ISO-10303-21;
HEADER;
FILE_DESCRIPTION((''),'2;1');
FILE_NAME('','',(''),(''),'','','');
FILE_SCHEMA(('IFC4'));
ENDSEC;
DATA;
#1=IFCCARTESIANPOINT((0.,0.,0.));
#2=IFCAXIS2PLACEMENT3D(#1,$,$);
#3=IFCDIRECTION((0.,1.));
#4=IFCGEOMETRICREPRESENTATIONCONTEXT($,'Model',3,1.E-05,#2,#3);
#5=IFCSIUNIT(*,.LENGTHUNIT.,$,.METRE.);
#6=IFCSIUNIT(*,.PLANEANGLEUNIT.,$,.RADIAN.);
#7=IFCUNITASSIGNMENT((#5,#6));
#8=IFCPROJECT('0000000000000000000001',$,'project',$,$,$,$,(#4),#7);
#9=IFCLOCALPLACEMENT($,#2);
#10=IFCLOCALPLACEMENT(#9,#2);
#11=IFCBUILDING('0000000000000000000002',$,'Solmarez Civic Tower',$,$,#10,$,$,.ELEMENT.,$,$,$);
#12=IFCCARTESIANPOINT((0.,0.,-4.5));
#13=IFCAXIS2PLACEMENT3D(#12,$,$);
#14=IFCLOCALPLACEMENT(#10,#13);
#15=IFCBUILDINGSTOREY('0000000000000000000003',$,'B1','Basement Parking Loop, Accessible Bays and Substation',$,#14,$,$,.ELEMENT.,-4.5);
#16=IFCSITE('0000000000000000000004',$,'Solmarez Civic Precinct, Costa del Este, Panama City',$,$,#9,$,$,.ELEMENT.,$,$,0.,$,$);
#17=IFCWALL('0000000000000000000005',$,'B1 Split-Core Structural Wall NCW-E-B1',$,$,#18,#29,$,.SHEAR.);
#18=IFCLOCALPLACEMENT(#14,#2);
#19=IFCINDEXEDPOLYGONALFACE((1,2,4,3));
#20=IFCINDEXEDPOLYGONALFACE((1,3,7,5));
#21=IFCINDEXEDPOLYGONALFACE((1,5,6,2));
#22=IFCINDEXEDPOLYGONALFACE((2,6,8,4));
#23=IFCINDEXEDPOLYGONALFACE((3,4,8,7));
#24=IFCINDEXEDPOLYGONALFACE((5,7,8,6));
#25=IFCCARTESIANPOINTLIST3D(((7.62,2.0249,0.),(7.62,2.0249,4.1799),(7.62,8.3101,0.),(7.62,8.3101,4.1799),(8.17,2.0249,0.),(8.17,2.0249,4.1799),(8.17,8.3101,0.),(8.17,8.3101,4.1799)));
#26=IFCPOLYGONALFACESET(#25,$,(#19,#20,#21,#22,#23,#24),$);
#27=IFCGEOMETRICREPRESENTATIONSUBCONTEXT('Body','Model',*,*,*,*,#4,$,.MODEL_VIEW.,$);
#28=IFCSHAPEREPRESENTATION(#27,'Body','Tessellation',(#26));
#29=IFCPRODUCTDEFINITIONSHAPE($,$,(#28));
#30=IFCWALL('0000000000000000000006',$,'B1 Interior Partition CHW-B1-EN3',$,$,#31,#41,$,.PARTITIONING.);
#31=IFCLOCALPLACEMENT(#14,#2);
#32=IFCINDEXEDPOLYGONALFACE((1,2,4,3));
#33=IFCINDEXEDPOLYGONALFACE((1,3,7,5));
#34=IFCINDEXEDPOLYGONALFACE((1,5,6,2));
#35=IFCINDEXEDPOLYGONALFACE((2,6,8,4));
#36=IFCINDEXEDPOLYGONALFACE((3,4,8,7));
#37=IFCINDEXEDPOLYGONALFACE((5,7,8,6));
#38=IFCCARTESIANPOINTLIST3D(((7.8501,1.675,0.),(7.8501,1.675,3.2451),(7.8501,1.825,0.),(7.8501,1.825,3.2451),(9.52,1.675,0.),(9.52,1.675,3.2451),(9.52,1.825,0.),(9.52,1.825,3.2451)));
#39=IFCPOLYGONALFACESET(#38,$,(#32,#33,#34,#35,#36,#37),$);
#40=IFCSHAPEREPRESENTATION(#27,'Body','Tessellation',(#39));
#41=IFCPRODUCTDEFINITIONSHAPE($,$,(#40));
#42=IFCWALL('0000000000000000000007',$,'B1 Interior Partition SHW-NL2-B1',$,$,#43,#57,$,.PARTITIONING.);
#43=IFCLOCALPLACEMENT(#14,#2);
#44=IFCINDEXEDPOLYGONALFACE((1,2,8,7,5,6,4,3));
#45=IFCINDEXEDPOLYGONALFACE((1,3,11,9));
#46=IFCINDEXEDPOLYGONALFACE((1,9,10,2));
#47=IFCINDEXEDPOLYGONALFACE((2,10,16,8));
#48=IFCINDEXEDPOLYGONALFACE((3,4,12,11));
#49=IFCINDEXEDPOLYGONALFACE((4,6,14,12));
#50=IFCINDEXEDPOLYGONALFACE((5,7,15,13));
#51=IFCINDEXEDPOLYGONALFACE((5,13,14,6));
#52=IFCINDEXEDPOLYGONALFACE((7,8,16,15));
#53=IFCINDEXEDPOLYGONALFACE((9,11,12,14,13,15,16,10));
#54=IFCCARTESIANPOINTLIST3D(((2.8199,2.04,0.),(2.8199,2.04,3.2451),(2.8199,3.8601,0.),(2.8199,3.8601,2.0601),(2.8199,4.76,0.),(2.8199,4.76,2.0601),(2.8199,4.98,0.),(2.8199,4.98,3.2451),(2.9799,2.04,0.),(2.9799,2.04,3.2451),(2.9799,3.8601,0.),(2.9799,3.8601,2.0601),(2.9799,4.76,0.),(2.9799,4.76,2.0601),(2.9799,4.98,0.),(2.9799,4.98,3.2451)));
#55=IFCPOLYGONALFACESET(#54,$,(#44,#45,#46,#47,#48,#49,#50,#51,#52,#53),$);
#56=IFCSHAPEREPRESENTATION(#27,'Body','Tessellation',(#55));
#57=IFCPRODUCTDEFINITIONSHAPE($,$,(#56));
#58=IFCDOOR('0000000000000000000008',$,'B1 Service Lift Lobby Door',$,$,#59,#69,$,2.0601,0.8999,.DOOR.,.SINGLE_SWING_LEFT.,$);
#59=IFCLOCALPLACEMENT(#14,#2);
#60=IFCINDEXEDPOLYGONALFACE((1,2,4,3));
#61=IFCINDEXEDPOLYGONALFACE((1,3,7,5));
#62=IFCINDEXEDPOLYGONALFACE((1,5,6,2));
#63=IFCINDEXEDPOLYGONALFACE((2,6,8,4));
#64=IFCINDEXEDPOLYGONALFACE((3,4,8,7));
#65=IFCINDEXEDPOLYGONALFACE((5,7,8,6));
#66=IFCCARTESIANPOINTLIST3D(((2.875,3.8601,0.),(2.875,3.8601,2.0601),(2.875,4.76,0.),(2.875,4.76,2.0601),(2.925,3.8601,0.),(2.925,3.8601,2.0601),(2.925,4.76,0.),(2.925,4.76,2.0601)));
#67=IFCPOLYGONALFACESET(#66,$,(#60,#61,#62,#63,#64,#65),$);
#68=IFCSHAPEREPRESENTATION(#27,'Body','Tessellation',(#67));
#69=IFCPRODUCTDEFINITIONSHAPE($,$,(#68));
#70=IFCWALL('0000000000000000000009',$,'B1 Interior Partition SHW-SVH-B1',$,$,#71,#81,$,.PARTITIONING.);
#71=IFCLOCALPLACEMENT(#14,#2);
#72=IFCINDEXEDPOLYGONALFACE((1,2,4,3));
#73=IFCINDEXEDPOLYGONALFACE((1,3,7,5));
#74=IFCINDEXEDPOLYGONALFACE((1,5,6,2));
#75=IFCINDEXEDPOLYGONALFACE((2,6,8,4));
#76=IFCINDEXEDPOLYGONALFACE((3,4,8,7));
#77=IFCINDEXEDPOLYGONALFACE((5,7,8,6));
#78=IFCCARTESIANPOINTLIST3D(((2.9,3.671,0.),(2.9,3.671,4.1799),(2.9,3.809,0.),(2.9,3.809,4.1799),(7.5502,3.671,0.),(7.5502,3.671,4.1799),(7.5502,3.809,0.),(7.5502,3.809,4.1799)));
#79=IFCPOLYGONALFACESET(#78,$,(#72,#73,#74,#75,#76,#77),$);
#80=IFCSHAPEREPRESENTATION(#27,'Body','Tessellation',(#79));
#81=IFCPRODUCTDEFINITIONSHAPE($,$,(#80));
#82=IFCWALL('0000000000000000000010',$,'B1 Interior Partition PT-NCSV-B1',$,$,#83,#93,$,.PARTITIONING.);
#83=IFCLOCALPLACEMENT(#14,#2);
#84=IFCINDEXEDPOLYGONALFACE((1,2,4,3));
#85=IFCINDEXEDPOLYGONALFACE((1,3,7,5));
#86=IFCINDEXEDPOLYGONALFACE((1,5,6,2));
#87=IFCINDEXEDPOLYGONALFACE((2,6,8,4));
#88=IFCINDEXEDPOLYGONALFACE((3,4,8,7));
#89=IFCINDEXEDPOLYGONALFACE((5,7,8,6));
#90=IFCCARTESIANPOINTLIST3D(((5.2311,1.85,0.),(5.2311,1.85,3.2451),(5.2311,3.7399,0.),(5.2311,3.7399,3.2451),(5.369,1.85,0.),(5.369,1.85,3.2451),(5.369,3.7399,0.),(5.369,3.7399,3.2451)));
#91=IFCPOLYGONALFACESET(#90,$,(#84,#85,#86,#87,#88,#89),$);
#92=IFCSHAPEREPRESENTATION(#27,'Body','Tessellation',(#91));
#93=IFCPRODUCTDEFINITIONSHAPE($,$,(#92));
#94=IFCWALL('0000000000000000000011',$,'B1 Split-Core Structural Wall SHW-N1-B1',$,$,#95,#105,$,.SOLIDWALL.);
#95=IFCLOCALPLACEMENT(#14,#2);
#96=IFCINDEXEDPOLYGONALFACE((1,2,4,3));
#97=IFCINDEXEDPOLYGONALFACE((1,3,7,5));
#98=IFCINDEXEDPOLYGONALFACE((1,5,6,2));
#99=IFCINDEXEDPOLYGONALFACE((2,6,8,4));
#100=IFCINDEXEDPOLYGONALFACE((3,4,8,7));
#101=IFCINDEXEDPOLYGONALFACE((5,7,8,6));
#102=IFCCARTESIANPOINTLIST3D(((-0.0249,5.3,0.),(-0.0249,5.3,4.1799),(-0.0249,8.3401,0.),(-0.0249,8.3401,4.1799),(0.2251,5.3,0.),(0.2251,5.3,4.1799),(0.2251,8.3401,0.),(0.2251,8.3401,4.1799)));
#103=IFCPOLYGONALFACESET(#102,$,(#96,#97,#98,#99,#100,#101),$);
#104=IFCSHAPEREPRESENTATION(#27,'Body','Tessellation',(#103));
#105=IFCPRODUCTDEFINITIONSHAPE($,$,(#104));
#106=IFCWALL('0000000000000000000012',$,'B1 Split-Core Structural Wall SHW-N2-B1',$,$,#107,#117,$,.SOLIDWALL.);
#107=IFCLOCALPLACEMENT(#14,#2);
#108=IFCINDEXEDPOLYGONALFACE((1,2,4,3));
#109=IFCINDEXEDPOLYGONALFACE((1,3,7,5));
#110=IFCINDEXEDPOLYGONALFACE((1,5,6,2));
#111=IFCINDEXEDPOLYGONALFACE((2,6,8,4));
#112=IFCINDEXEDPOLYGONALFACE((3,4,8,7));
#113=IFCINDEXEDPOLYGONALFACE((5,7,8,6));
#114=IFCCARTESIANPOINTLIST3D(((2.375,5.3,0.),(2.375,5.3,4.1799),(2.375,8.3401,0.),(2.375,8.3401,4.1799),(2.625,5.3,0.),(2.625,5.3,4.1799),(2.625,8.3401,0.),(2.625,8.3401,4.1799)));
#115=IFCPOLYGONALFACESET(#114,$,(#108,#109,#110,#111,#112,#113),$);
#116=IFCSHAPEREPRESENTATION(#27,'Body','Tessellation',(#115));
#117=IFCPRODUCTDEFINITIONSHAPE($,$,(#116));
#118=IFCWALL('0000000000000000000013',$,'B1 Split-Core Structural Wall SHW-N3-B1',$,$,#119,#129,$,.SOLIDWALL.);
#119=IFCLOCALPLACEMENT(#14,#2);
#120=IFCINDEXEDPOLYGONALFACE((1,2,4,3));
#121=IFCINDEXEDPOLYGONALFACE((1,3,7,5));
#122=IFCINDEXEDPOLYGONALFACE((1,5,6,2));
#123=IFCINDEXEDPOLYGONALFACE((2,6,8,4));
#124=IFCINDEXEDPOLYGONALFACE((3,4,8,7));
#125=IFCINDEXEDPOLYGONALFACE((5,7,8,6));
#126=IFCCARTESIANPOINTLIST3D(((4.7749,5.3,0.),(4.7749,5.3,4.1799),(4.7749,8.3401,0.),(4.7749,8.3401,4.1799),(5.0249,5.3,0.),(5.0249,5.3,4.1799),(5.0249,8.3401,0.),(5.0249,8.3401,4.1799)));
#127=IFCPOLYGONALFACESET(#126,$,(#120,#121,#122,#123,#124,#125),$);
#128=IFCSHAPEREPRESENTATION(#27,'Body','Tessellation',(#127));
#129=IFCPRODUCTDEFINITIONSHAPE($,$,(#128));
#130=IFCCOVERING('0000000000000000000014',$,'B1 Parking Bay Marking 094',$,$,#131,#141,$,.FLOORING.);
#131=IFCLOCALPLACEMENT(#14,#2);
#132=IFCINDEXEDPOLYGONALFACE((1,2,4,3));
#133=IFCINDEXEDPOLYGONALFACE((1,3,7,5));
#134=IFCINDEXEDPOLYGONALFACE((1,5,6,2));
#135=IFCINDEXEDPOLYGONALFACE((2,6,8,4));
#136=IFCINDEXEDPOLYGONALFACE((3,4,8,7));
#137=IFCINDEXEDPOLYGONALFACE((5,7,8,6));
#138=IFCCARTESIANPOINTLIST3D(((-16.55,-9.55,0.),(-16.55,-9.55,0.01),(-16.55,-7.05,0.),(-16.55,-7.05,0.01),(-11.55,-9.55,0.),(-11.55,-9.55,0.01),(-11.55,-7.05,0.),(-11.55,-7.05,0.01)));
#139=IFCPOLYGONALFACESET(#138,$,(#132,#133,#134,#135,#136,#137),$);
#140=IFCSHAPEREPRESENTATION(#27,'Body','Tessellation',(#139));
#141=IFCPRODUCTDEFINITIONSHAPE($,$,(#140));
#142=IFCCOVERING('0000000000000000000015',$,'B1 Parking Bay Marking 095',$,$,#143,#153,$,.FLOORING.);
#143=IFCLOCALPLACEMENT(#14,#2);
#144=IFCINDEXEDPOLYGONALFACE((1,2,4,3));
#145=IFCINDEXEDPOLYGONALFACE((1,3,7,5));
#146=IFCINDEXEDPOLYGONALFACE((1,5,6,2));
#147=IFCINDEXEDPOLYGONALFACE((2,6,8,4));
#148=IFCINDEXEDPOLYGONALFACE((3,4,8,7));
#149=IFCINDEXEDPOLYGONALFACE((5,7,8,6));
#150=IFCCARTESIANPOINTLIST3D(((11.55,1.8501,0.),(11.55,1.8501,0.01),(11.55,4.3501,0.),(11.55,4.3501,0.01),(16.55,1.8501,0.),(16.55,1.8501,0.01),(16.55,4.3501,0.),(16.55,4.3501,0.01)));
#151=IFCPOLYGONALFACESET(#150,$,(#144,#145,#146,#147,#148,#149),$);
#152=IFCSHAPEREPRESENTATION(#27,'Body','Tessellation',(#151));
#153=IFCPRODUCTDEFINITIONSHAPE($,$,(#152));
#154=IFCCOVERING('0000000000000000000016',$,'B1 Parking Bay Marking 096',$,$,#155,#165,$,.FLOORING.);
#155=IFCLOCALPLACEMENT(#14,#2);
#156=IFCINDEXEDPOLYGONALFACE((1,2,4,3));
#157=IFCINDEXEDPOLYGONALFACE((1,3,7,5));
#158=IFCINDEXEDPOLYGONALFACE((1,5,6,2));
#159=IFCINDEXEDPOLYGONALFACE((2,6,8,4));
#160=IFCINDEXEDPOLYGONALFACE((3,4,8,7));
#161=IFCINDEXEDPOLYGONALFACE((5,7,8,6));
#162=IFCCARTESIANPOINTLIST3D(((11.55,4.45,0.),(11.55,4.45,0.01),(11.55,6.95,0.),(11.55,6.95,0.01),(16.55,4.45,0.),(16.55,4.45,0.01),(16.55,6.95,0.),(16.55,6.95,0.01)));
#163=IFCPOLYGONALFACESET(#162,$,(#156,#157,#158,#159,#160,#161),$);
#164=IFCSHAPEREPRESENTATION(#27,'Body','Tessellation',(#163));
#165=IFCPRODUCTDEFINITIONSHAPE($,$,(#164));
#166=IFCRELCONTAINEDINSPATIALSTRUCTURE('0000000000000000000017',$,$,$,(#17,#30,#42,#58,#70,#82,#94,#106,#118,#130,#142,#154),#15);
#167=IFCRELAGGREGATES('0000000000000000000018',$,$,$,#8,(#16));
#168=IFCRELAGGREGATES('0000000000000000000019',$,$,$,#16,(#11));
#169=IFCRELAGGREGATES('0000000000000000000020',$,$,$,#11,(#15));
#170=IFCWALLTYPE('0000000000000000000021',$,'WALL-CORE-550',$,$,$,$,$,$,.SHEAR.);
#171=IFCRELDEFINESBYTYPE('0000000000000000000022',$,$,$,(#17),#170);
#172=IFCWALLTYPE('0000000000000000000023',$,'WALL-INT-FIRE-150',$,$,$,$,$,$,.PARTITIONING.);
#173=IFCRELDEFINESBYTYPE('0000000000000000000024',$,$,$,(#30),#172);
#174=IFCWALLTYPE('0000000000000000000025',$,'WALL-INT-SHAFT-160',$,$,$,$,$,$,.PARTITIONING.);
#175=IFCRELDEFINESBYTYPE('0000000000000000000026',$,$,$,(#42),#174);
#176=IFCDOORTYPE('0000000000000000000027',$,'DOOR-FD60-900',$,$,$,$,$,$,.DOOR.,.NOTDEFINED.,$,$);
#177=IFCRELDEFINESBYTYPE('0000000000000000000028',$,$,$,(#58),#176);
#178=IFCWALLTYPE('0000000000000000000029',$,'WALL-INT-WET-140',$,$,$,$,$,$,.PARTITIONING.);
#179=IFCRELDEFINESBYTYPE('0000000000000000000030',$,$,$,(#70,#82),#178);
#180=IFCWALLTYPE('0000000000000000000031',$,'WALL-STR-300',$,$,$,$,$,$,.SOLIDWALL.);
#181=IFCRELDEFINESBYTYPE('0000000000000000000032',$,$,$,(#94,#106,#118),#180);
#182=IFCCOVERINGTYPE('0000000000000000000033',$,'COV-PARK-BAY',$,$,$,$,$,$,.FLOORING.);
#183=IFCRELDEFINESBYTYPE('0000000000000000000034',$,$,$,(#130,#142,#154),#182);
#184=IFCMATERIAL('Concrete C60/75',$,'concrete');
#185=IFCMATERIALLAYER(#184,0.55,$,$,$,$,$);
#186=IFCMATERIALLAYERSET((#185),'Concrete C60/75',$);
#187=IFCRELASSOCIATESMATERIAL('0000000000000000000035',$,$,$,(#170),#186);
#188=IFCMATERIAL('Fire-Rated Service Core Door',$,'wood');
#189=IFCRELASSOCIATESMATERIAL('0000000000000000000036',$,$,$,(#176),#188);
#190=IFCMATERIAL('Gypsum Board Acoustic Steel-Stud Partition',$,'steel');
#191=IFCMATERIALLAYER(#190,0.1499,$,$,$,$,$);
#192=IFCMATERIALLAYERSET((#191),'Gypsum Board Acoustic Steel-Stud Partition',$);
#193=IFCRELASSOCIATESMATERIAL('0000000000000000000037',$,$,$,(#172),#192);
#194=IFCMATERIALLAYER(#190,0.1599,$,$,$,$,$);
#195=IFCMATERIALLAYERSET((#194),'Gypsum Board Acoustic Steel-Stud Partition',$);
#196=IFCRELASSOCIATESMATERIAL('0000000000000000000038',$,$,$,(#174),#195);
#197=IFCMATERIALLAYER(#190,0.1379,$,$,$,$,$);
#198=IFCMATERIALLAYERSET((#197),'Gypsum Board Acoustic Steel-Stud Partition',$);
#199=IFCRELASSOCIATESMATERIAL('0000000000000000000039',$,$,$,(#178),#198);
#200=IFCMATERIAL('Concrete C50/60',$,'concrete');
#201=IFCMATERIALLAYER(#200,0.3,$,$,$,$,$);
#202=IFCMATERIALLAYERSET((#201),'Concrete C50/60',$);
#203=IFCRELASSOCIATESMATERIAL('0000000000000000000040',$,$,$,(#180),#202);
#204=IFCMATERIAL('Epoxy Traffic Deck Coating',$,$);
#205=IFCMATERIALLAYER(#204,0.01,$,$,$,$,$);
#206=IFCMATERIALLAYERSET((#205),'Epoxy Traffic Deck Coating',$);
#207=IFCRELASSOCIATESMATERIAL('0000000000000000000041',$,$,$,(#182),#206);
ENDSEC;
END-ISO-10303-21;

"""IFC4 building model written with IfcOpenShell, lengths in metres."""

from ifc_helpers import new_model, si_unit, direction, frame, frame_2d, origin, place, context, subcontext, project, spatial, polyline, rectangle, outline, extrude, material, layer, layer_set, type_object, element, fill, save


model = new_model("IFC4")

# Units and contexts
model_context = context("Model", 3, precision=1e-05, world=origin(), true_north=direction((0.0, 1.0)))
body_context = subcontext(model_context, "Body", "Model", "MODEL_VIEW")
ifc_project = project(units=[si_unit("LENGTHUNIT", "METRE"), si_unit("PLANEANGLEUNIT", "RADIAN")], contexts=[model_context])

# Site, building, storey
site_placement = place(None, origin())
site = spatial("IfcSite", under=ifc_project, at=site_placement, Name="Solmarez Civic Precinct, Costa del Este, Panama City", CompositionType="ELEMENT", RefElevation=0.0)
building_placement = place(site_placement, origin())
building = spatial("IfcBuilding", under=site, at=building_placement, Name="Solmarez Civic Tower", CompositionType="ELEMENT")
storey_placement = place(building_placement, frame((0.0, 0.0, -4.5)))
storey = spatial("IfcBuildingStorey", under=building, at=storey_placement, Name="B1", Description="Basement Parking Loop, Accessible Bays and Substation", CompositionType="ELEMENT", Elevation=-4.5)

# Shared definitions
ifc_material_1 = material(Name="Concrete C60/75", Category="concrete")

# Shared definitions
ifc_material_2 = material(Name="Concrete C50/60", Category="concrete")

# Shared definitions
ifc_layer_1 = layer(ifc_material_1, 0.55)
ifc_layer_set_1 = layer_set([ifc_layer_1], Name="Concrete C60/75")
wall_type_1 = type_object("IfcWallType", Name="WALL-CORE-550", PredefinedType="SHEAR", material=ifc_layer_set_1)
ifc_material_3 = material(Name="Fire-Rated Service Core Door", Category="wood")
door_type_1 = type_object("IfcDoorType", Name="DOOR-FD60-900", OperationType="NOTDEFINED", PredefinedType="DOOR", material=ifc_material_3)

# Walls
wall_1_placement = place(storey_placement, frame((7.895, 8.3101, 0.0), z_axis=(0.0, 0.0, 1.0), x_axis=(0.0, -1.0, 0.0)))
element("IfcWall", 1, at=wall_1_placement, inside=storey, type_object=wall_type_1, Name="B1 Split-Core Structural Wall NCW-E-B1", PredefinedType="SHEAR", context=body_context, shape_type="SweptSolid", body=[
    extrude(rectangle(XDim=6.2852, YDim=0.55, at=frame_2d((3.1426, 0.0))), origin(), (0.0, 0.0, 1.0), 4.1799),
])
ifc_material_4 = material(Name="Gypsum Board Acoustic Steel-Stud Partition", Category="steel")
ifc_layer_2 = layer(ifc_material_4, 0.1499)
ifc_layer_set_2 = layer_set([ifc_layer_2], Name="Gypsum Board Acoustic Steel-Stud Partition")
wall_type_2 = type_object("IfcWallType", Name="WALL-INT-FIRE-150", PredefinedType="PARTITIONING", material=ifc_layer_set_2)
wall_2_placement = place(storey_placement, frame((7.8501, 1.75, 0.0), z_axis=(0.0, 0.0, 1.0), x_axis=(1.0, 0.0, 0.0)))
element("IfcWall", 2, at=wall_2_placement, inside=storey, type_object=wall_type_2, Name="B1 Interior Partition CHW-B1-EN3", PredefinedType="PARTITIONING", context=body_context, shape_type="SweptSolid", body=[
    extrude(rectangle(XDim=1.6699, YDim=0.1499, at=frame_2d((0.835, 0.0))), origin(), (0.0, 0.0, 1.0), 3.2451),
])

# Wall, opening, door
ifc_layer_3 = layer(ifc_material_4, 0.1599)
ifc_layer_set_3 = layer_set([ifc_layer_3], Name="Gypsum Board Acoustic Steel-Stud Partition")
wall_type_3 = type_object("IfcWallType", Name="WALL-INT-SHAFT-160", PredefinedType="PARTITIONING", material=ifc_layer_set_3)
wall_3_placement = place(storey_placement, frame((2.8999, 2.04, 0.0), z_axis=(0.0, 0.0, 1.0), x_axis=(0.0, 1.0, 0.0)))
wall_3 = element("IfcWall", 3, at=wall_3_placement, inside=storey, type_object=wall_type_3, Name="B1 Interior Partition SHW-NL2-B1", PredefinedType="PARTITIONING", context=body_context, shape_type="SweptSolid", body=[
    extrude(rectangle(XDim=2.9399, YDim=0.1599, at=frame_2d((1.47, 0.0))), origin(), (0.0, 0.0, 1.0), 3.2451),
])
opening_1_placement = place(wall_3_placement, frame((1.8201, 0.0, 0.0)))
opening_1 = element("IfcOpeningElement", 4, at=opening_1_placement, cuts=wall_3, PredefinedType="OPENING", context=body_context, shape_type="SweptSolid", body=[
    extrude(rectangle(XDim=0.8999, YDim=2.0601, at=frame_2d((0.45, 1.03))), frame((0.0, 0.0898, 0.0), z_axis=(0.0, -1.0, 0.0), x_axis=(1.0, 0.0, 0.0)), (0.0, 0.0, 1.0), 0.1799),
])
door_1_placement = place(opening_1_placement, origin())
door_1 = element("IfcDoor", 5, at=door_1_placement, inside=storey, type_object=door_type_1, Name="B1 Service Lift Lobby Door", OperationType="SINGLE_SWING_LEFT", OverallHeight=2.0601, OverallWidth=0.8999, PredefinedType="DOOR", context=body_context, shape_type="SweptSolid", body=[
    extrude(rectangle(XDim=0.8999, YDim=2.0601, at=frame_2d((0.45, 1.03))), frame((0.0, 0.0249, 0.0), z_axis=(0.0, -1.0, 0.0), x_axis=(1.0, 0.0, 0.0)), (0.0, 0.0, 1.0), 0.05),
])
fill(opening_1, door_1)

# Walls
ifc_layer_4 = layer(ifc_material_4, 0.1379)
ifc_layer_set_4 = layer_set([ifc_layer_4], Name="Gypsum Board Acoustic Steel-Stud Partition")
wall_type_4 = type_object("IfcWallType", Name="WALL-INT-WET-140", PredefinedType="PARTITIONING", material=ifc_layer_set_4)
wall_4_placement = place(storey_placement, frame((2.8999, 3.74, 0.0), z_axis=(0.0, 0.0, 1.0), x_axis=(1.0, 0.0, 0.0)))
element("IfcWall", 6, at=wall_4_placement, inside=storey, type_object=wall_type_4, Name="B1 Interior Partition SHW-SVH-B1", PredefinedType="PARTITIONING", context=body_context, shape_type="SweptSolid", body=[
    extrude(rectangle(XDim=4.6501, YDim=0.1379, at=frame_2d((2.3252, 0.0))), origin(), (0.0, 0.0, 1.0), 4.1799),
])
wall_5_placement = place(storey_placement, frame((5.3, 1.8501, 0.0), z_axis=(0.0, 0.0, 1.0), x_axis=(0.0, 1.0, 0.0)))
element("IfcWall", 7, at=wall_5_placement, inside=storey, type_object=wall_type_4, Name="B1 Interior Partition PT-NCSV-B1", PredefinedType="PARTITIONING", context=body_context, shape_type="SweptSolid", body=[
    extrude(rectangle(XDim=1.8899, YDim=0.1379, at=frame_2d((0.9448, 0.0))), origin(), (0.0, 0.0, 1.0), 3.2451),
])

# Shared definitions
ifc_layer_5 = layer(ifc_material_2, 0.3)
ifc_layer_set_5 = layer_set([ifc_layer_5], Name="Concrete C50/60")
wall_type_5 = type_object("IfcWallType", Name="WALL-STR-300", PredefinedType="SOLIDWALL", material=ifc_layer_set_5)

# Walls
for number, where, z_axis, x_axis, name in (
    (8, (0.1001, 5.3, 0.0), (0.0, 0.0, 1.0), (0.0, 1.0, 0.0), "B1 Split-Core Structural Wall SHW-N1-B1"),
    (9, (2.5, 5.3, 0.0), (0.0, 0.0, 1.0), (0.0, 1.0, 0.0), "B1 Split-Core Structural Wall SHW-N2-B1"),
    (10, (4.8999, 5.3, 0.0), (0.0, 0.0, 1.0), (0.0, 1.0, 0.0), "B1 Split-Core Structural Wall SHW-N3-B1"),
):
    element("IfcWall", number, at=place(storey_placement, frame(where, z_axis=z_axis, x_axis=x_axis)), inside=storey, type_object=wall_type_5, Name=name, PredefinedType="SOLIDWALL", context=body_context, shape_type="SweptSolid", body=[
        extrude(rectangle(XDim=3.04, YDim=0.25, at=frame_2d((1.52, 0.0))), origin(), (0.0, 0.0, 1.0), 4.1799),
    ])

# Coverings
ifc_material_5 = material(Name="Epoxy Traffic Deck Coating")
ifc_layer_6 = layer(ifc_material_5, 0.01)
ifc_layer_set_6 = layer_set([ifc_layer_6], Name="Epoxy Traffic Deck Coating")
covering_type = type_object("IfcCoveringType", Name="COV-PARK-BAY", PredefinedType="FLOORING", material=ifc_layer_set_6)
covering_1_placement = place(storey_placement, origin())
element("IfcCovering", 11, at=covering_1_placement, inside=storey, type_object=covering_type, Name="B1 Parking Bay Marking 094", PredefinedType="FLOORING", context=body_context, shape_type="SweptSolid", body=[
    extrude(outline(polyline([(-16.55, -9.55), (-11.55, -9.55), (-11.55, -7.05), (-16.55, -7.05), (-16.55, -9.55)])), origin(), (0.0, 0.0, 1.0), 0.01),
])
covering_2_placement = place(storey_placement, origin())
element("IfcCovering", 12, at=covering_2_placement, inside=storey, type_object=covering_type, Name="B1 Parking Bay Marking 095", PredefinedType="FLOORING", context=body_context, shape_type="SweptSolid", body=[
    extrude(outline(polyline([(11.55, 1.8501), (16.55, 1.8501), (16.55, 4.3501), (11.55, 4.3501), (11.55, 1.8501)])), origin(), (0.0, 0.0, 1.0), 0.01),
])
covering_3_placement = place(storey_placement, origin())
element("IfcCovering", 13, at=covering_3_placement, inside=storey, type_object=covering_type, Name="B1 Parking Bay Marking 096", PredefinedType="FLOORING", context=body_context, shape_type="SweptSolid", body=[
    extrude(outline(polyline([(11.55, 4.45), (16.55, 4.45), (16.55, 6.95), (11.55, 6.95), (11.55, 4.45)])), origin(), (0.0, 0.0, 1.0), 0.01),
])

save(model, "model.ifc")
